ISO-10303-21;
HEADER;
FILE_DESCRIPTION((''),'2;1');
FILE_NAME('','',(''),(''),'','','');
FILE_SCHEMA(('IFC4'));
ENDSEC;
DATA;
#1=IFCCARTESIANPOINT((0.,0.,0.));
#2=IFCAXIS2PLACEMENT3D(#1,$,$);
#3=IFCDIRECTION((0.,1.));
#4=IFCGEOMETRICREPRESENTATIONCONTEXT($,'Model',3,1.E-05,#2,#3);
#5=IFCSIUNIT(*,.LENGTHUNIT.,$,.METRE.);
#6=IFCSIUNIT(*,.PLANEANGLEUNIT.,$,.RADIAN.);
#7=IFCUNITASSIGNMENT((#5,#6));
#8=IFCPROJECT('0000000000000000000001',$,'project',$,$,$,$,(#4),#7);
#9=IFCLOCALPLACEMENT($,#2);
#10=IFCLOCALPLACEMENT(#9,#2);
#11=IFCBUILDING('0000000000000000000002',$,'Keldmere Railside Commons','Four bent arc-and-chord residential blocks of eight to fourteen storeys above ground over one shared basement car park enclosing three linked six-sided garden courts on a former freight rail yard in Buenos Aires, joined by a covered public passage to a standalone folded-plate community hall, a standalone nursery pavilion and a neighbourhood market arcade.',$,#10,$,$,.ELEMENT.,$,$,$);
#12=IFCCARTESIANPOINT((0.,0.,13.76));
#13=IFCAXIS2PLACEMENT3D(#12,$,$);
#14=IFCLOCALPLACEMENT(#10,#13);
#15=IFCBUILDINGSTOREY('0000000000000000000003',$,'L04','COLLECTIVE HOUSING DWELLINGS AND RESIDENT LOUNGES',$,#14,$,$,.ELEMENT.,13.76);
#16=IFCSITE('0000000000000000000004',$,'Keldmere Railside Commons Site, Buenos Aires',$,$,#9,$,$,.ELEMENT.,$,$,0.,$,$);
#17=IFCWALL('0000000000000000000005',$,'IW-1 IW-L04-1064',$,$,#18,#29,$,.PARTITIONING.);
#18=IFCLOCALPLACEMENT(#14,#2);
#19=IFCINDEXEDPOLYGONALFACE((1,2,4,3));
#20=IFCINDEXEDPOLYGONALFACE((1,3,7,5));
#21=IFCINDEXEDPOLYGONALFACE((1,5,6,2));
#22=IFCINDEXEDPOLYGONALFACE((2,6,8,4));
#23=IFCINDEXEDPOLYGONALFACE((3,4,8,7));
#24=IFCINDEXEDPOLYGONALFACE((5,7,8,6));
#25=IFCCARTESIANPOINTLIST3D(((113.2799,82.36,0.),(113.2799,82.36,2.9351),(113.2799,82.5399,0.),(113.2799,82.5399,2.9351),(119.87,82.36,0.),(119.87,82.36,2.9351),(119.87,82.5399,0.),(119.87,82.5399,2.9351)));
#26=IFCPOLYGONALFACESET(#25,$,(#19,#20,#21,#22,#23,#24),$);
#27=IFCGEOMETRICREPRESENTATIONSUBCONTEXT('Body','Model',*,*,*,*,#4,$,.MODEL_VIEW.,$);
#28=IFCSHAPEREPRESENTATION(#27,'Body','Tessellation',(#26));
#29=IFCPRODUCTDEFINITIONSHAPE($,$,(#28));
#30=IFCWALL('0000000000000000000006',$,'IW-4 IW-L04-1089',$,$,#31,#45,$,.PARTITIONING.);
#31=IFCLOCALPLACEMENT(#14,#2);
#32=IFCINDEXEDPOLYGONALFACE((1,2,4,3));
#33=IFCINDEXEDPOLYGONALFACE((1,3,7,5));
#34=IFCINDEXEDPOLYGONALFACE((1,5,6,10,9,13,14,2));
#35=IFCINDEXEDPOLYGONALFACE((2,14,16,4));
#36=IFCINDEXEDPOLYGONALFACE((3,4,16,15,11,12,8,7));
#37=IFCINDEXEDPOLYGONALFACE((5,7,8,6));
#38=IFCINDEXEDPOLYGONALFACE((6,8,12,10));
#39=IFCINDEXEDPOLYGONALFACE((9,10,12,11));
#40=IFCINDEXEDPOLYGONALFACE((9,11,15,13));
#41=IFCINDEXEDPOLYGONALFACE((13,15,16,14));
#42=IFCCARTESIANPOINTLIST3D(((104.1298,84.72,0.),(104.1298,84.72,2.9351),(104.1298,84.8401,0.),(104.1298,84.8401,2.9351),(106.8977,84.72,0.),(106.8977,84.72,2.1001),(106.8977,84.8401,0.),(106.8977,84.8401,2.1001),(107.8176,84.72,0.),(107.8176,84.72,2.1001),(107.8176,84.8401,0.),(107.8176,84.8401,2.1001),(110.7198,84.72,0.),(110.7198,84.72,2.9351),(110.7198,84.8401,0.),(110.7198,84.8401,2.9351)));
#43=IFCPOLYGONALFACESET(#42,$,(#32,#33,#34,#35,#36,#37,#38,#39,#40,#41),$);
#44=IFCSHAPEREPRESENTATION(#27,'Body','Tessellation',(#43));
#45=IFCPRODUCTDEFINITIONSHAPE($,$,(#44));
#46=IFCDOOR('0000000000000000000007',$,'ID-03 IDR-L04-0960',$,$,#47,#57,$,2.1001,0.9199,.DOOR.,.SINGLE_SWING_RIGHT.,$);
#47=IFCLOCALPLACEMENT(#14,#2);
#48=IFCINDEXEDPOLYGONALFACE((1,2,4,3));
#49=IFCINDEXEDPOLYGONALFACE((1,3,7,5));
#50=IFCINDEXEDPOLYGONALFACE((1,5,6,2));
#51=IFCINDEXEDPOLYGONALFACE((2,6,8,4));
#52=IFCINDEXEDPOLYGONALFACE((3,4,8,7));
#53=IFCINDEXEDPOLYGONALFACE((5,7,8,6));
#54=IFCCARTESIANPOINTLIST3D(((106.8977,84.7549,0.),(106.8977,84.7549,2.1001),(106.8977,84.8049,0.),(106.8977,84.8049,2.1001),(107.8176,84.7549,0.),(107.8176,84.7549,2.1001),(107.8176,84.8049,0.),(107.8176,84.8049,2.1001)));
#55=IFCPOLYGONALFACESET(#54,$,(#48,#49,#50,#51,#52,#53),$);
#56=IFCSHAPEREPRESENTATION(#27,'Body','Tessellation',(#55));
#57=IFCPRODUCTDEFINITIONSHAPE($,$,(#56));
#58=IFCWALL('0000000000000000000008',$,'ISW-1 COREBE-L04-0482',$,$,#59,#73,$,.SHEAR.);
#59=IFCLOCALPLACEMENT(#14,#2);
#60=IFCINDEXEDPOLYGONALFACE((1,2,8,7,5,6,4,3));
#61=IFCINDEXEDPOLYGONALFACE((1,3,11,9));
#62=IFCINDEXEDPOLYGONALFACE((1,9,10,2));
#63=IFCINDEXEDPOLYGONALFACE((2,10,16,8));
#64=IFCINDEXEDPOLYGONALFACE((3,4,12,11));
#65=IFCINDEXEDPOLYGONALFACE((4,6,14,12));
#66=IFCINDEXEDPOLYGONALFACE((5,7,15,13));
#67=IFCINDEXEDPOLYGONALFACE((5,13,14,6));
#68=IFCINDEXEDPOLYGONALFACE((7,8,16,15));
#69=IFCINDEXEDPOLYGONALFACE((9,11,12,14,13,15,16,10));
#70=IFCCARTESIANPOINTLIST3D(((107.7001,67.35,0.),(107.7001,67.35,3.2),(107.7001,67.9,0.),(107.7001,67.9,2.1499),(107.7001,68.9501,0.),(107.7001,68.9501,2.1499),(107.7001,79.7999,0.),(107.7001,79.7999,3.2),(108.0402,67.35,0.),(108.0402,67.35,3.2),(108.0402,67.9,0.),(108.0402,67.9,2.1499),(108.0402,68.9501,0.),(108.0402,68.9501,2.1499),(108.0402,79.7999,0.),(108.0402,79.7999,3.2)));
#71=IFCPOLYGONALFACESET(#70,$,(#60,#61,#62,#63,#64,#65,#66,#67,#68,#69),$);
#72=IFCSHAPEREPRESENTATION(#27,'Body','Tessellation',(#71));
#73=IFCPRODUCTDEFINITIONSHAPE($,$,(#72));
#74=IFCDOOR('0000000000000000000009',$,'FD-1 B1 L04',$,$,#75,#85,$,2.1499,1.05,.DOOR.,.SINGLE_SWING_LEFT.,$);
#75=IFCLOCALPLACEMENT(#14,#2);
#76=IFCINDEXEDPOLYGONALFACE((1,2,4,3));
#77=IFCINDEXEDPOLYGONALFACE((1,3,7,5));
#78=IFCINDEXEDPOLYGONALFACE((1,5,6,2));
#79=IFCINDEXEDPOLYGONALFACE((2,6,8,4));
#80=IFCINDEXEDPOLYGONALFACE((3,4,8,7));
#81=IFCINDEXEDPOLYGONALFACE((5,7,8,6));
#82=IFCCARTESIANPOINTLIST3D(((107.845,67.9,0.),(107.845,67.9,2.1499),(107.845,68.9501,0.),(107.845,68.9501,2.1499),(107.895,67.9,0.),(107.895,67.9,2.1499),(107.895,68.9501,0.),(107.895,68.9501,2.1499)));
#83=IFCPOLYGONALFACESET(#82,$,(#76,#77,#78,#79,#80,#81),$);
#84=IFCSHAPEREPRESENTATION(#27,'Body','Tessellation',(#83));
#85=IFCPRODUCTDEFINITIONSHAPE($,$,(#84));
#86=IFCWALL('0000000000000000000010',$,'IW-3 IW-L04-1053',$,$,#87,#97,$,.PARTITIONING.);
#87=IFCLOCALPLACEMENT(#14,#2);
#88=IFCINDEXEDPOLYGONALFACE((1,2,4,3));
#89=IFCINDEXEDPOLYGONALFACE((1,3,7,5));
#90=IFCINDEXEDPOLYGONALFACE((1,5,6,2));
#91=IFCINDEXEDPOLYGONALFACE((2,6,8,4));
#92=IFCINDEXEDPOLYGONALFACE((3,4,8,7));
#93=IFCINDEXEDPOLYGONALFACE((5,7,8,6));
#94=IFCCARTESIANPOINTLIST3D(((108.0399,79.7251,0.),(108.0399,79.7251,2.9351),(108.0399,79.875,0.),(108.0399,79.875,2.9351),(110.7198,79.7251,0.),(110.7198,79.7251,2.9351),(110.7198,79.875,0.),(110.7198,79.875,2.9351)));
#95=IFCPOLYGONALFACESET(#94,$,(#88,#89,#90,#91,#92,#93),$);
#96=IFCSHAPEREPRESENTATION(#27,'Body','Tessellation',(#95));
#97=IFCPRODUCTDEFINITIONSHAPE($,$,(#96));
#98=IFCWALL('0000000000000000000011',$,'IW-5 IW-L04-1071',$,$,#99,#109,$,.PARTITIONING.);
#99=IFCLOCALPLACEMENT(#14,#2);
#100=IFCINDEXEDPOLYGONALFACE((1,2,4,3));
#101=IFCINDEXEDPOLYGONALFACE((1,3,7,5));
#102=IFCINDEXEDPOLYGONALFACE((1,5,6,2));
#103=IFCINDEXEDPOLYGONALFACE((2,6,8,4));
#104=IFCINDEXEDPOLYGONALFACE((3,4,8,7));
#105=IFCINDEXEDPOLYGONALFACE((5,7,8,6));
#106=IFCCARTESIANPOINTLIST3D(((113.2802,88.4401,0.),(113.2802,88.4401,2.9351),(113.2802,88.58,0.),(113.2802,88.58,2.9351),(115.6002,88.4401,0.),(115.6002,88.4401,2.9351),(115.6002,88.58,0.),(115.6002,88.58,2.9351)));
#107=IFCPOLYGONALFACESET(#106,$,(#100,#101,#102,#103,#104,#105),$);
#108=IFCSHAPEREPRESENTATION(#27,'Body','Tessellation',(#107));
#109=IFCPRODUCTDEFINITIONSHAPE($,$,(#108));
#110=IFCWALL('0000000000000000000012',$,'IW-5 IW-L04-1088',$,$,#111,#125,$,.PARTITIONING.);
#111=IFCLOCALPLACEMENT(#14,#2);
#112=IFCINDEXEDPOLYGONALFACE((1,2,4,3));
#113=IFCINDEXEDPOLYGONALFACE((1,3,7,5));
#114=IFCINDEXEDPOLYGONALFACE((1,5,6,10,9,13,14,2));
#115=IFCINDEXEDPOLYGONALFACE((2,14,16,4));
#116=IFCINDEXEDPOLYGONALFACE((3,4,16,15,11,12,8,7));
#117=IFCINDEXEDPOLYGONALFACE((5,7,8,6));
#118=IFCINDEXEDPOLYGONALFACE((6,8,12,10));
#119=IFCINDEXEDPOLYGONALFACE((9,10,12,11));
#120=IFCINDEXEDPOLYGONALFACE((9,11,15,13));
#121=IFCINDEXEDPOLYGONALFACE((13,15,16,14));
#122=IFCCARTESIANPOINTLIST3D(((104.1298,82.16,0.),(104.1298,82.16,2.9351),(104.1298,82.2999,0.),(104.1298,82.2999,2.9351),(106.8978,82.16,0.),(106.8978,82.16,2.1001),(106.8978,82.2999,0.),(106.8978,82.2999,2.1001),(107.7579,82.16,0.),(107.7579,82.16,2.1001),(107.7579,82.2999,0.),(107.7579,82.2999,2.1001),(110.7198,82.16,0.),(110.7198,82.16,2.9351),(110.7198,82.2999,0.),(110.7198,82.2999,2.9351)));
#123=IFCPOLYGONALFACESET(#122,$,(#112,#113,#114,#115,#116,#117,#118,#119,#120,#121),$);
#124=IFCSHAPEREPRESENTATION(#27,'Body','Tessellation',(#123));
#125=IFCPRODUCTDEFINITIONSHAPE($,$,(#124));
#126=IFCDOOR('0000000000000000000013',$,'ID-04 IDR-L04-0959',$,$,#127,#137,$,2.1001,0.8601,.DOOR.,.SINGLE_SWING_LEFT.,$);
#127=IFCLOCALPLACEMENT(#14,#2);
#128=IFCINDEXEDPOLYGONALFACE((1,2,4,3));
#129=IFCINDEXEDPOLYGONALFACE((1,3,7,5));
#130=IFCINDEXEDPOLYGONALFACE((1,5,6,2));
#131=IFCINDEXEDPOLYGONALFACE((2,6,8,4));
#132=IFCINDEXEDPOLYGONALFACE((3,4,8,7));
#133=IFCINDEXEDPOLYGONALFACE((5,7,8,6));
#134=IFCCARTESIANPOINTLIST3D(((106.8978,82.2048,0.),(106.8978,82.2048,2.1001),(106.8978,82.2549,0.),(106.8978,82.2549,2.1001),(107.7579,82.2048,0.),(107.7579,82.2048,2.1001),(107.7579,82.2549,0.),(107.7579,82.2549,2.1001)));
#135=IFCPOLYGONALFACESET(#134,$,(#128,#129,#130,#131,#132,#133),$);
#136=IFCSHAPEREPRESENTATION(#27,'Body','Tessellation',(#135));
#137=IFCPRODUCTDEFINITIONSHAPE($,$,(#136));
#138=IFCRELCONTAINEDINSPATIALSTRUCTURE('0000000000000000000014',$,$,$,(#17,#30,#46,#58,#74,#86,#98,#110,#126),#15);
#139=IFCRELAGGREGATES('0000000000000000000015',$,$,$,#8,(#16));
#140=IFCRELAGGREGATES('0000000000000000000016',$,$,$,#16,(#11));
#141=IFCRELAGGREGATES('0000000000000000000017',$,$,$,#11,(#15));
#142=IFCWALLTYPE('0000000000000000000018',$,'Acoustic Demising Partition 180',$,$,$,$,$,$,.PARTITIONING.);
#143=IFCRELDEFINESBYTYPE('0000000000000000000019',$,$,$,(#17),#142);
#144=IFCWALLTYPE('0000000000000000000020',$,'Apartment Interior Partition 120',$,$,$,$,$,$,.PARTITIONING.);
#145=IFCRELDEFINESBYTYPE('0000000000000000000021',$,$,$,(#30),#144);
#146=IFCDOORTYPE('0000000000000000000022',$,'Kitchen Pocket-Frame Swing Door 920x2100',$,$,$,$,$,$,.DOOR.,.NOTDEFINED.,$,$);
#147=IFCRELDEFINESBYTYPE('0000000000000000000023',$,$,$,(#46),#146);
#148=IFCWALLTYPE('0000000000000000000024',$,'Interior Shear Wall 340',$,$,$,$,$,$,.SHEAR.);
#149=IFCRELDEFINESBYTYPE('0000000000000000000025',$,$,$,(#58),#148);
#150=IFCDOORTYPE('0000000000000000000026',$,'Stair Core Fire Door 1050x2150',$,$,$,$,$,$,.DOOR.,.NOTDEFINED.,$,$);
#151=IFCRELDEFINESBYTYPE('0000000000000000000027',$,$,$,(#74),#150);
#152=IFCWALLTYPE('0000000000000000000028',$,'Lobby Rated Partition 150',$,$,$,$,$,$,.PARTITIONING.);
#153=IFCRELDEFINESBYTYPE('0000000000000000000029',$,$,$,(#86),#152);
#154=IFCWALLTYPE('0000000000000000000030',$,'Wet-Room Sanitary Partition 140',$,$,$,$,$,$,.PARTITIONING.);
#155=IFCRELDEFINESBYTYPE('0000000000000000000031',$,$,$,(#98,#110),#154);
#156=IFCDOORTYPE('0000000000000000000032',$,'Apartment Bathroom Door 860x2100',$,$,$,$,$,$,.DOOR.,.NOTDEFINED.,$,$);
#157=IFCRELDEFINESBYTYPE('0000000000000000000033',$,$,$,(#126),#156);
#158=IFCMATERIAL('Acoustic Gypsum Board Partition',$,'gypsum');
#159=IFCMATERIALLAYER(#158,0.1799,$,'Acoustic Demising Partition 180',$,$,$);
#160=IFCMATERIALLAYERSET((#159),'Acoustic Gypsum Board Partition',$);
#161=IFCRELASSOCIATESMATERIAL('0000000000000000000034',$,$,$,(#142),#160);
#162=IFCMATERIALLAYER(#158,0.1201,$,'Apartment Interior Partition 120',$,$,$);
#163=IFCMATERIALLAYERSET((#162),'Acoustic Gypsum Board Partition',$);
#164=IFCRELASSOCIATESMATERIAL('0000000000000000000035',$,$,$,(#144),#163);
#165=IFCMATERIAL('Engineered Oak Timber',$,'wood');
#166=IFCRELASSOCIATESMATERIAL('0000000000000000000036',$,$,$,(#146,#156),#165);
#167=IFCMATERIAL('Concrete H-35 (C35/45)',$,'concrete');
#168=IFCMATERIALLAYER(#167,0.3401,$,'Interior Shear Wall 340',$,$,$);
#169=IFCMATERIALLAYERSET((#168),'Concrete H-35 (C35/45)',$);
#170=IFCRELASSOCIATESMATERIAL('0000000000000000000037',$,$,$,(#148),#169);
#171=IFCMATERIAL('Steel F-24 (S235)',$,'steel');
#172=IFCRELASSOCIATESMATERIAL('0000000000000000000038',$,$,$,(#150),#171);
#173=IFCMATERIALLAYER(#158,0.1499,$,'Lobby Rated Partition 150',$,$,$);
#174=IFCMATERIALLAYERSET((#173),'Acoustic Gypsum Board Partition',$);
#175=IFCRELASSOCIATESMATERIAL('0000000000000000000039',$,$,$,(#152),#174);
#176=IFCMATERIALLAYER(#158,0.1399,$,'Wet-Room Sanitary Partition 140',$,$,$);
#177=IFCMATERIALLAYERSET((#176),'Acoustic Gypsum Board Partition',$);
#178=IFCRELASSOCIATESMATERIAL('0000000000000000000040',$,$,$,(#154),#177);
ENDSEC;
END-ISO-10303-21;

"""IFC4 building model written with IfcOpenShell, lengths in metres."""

from ifc_helpers import new_model, si_unit, direction, frame, frame_2d, origin, place, context, subcontext, project, spatial, rectangle, extrude, material, layer, layer_set, type_object, element, fill, save


model = new_model("IFC4")

# Units and contexts
model_context = context("Model", 3, precision=1e-05, world=origin(), true_north=direction((0.0, 1.0)))
body_context = subcontext(model_context, "Body", "Model", "MODEL_VIEW")
ifc_project = project(units=[si_unit("LENGTHUNIT", "METRE"), si_unit("PLANEANGLEUNIT", "RADIAN")], contexts=[model_context])

# Site, building, storey
site_placement = place(None, origin())
site = spatial("IfcSite", under=ifc_project, at=site_placement, Name="Keldmere Railside Commons Site, Buenos Aires", CompositionType="ELEMENT", RefElevation=0.0)
building_placement = place(site_placement, origin())
building = spatial("IfcBuilding", under=site, at=building_placement, Name="Keldmere Railside Commons", Description="Four bent arc-and-chord residential blocks of eight to fourteen storeys above ground over one shared basement car park enclosing three linked six-sided garden courts on a former freight rail yard in Buenos Aires, joined by a covered public passage to a standalone folded-plate community hall, a standalone nursery pavilion and a neighbourhood market arcade.", CompositionType="ELEMENT")
storey_placement = place(building_placement, frame((0.0, 0.0, 13.76)))
storey = spatial("IfcBuildingStorey", under=building, at=storey_placement, Name="L04", Description="COLLECTIVE HOUSING DWELLINGS AND RESIDENT LOUNGES", CompositionType="ELEMENT", Elevation=13.76)

# Shared definitions
ifc_material_1 = material(Name="Concrete H-35 (C35/45)", Category="concrete")

# Wall
ifc_material_2 = material(Name="Acoustic Gypsum Board Partition", Category="gypsum")
ifc_layer_1 = layer(ifc_material_2, 0.1799, Name="Acoustic Demising Partition 180")
ifc_layer_set_1 = layer_set([ifc_layer_1], Name="Acoustic Gypsum Board Partition")
wall_type_1 = type_object("IfcWallType", Name="Acoustic Demising Partition 180", PredefinedType="PARTITIONING", material=ifc_layer_set_1)
wall_1_placement = place(storey_placement, frame((113.28, 82.45, 0.0), z_axis=(0.0, 0.0, 1.0), x_axis=(1.0, 0.0, 0.0)))
element("IfcWall", 1, at=wall_1_placement, inside=storey, type_object=wall_type_1, Name="IW-1 IW-L04-1064", PredefinedType="PARTITIONING", context=body_context, shape_type="SweptSolid", body=[
    extrude(rectangle(XDim=6.5901, YDim=0.1799, at=frame_2d((3.2949, 0.0))), origin(), (0.0, 0.0, 1.0), 2.9351),
])

# Walls, openings, doors
ifc_layer_2 = layer(ifc_material_2, 0.1201, Name="Apartment Interior Partition 120")
ifc_layer_set_2 = layer_set([ifc_layer_2], Name="Acoustic Gypsum Board Partition")
wall_type_2 = type_object("IfcWallType", Name="Apartment Interior Partition 120", PredefinedType="PARTITIONING", material=ifc_layer_set_2)
wall_2_placement = place(storey_placement, frame((104.1299, 84.78, 0.0), z_axis=(0.0, 0.0, 1.0), x_axis=(1.0, 0.0, 0.0)))
wall_2 = element("IfcWall", 2, at=wall_2_placement, inside=storey, type_object=wall_type_2, Name="IW-4 IW-L04-1089", PredefinedType="PARTITIONING", context=body_context, shape_type="SweptSolid", body=[
    extrude(rectangle(XDim=6.5901, YDim=0.1201, at=frame_2d((3.2949, 0.0))), origin(), (0.0, 0.0, 1.0), 2.9351),
])
opening_1_placement = place(wall_2_placement, frame((2.7678, 0.0, 0.0)))
opening_1 = element("IfcOpeningElement", 3, at=opening_1_placement, cuts=wall_2, PredefinedType="OPENING", context=body_context, shape_type="SweptSolid", body=[
    extrude(rectangle(XDim=0.9199, YDim=2.1001, at=frame_2d((0.46, 1.05))), frame((0.0, 0.0701, 0.0), z_axis=(0.0, -1.0, 0.0), x_axis=(1.0, 0.0, 0.0)), (0.0, 0.0, 1.0), 0.1401),
])
ifc_material_3 = material(Name="Engineered Oak Timber", Category="wood")
door_type_1 = type_object("IfcDoorType", Name="Kitchen Pocket-Frame Swing Door 920x2100", OperationType="NOTDEFINED", PredefinedType="DOOR", material=ifc_material_3)
door_1_placement = place(opening_1_placement, origin())
door_1 = element("IfcDoor", 4, at=door_1_placement, inside=storey, type_object=door_type_1, Name="ID-03 IDR-L04-0960", OperationType="SINGLE_SWING_RIGHT", OverallHeight=2.1001, OverallWidth=0.9199, PredefinedType="DOOR", context=body_context, shape_type="SweptSolid", body=[
    extrude(rectangle(XDim=0.9199, YDim=2.1001, at=frame_2d((0.46, 1.05))), frame((0.0, 0.0249, 0.0), z_axis=(0.0, -1.0, 0.0), x_axis=(1.0, 0.0, 0.0)), (0.0, 0.0, 1.0), 0.05),
])
fill(opening_1, door_1)
ifc_layer_3 = layer(ifc_material_1, 0.3401, Name="Interior Shear Wall 340")
ifc_layer_set_3 = layer_set([ifc_layer_3], Name="Concrete H-35 (C35/45)")
wall_type_3 = type_object("IfcWallType", Name="Interior Shear Wall 340", PredefinedType="SHEAR", material=ifc_layer_set_3)
wall_3_placement = place(storey_placement, frame((107.8701, 79.8, 0.0), z_axis=(0.0, 0.0, 1.0), x_axis=(0.0, -1.0, 0.0)))
wall_3 = element("IfcWall", 5, at=wall_3_placement, inside=storey, type_object=wall_type_3, Name="ISW-1 COREBE-L04-0482", PredefinedType="SHEAR", context=body_context, shape_type="SweptSolid", body=[
    extrude(rectangle(XDim=12.45, YDim=0.3401, at=frame_2d((6.2251, 0.0))), origin(), (0.0, 0.0, 1.0), 3.2),
])
opening_2_placement = place(wall_3_placement, frame((10.8501, 0.0, 0.0)))
opening_2 = element("IfcOpeningElement", 6, at=opening_2_placement, cuts=wall_3, PredefinedType="OPENING", context=body_context, shape_type="SweptSolid", body=[
    extrude(rectangle(XDim=1.05, YDim=2.1499, at=frame_2d((0.5249, 1.075))), frame((0.0, 0.1799, 0.0), z_axis=(0.0, -1.0, 0.0), x_axis=(1.0, 0.0, 0.0)), (0.0, 0.0, 1.0), 0.3601),
])
ifc_material_4 = material(Name="Steel F-24 (S235)", Category="steel")
door_type_2 = type_object("IfcDoorType", Name="Stair Core Fire Door 1050x2150", OperationType="NOTDEFINED", PredefinedType="DOOR", material=ifc_material_4)
door_2_placement = place(opening_2_placement, origin())
door_2 = element("IfcDoor", 7, at=door_2_placement, inside=storey, type_object=door_type_2, Name="FD-1 B1 L04", OperationType="SINGLE_SWING_LEFT", OverallHeight=2.1499, OverallWidth=1.05, PredefinedType="DOOR", context=body_context, shape_type="SweptSolid", body=[
    extrude(rectangle(XDim=1.05, YDim=2.1499, at=frame_2d((0.5249, 1.075))), frame((0.0, 0.0249, 0.0), z_axis=(0.0, -1.0, 0.0), x_axis=(1.0, 0.0, 0.0)), (0.0, 0.0, 1.0), 0.05),
])
fill(opening_2, door_2)

# Walls
ifc_layer_4 = layer(ifc_material_2, 0.1499, Name="Lobby Rated Partition 150")
ifc_layer_set_4 = layer_set([ifc_layer_4], Name="Acoustic Gypsum Board Partition")
wall_type_4 = type_object("IfcWallType", Name="Lobby Rated Partition 150", PredefinedType="PARTITIONING", material=ifc_layer_set_4)
wall_4_placement = place(storey_placement, frame((108.04, 79.8, 0.0), z_axis=(0.0, 0.0, 1.0), x_axis=(1.0, 0.0, 0.0)))
element("IfcWall", 8, at=wall_4_placement, inside=storey, type_object=wall_type_4, Name="IW-3 IW-L04-1053", PredefinedType="PARTITIONING", context=body_context, shape_type="SweptSolid", body=[
    extrude(rectangle(XDim=2.6799, YDim=0.1499, at=frame_2d((1.3398, 0.0))), origin(), (0.0, 0.0, 1.0), 2.9351),
])
ifc_layer_5 = layer(ifc_material_2, 0.1399, Name="Wet-Room Sanitary Partition 140")
ifc_layer_set_5 = layer_set([ifc_layer_5], Name="Acoustic Gypsum Board Partition")
wall_type_5 = type_object("IfcWallType", Name="Wet-Room Sanitary Partition 140", PredefinedType="PARTITIONING", material=ifc_layer_set_5)
wall_5_placement = place(storey_placement, frame((113.28, 88.51, 0.0), z_axis=(0.0, 0.0, 1.0), x_axis=(1.0, 0.0, 0.0)))
element("IfcWall", 9, at=wall_5_placement, inside=storey, type_object=wall_type_5, Name="IW-5 IW-L04-1071", PredefinedType="PARTITIONING", context=body_context, shape_type="SweptSolid", body=[
    extrude(rectangle(XDim=2.3201, YDim=0.1399, at=frame_2d((1.1602, 0.0))), origin(), (0.0, 0.0, 1.0), 2.9351),
])

# Wall, opening, door
wall_6_placement = place(storey_placement, frame((104.1299, 82.23, 0.0), z_axis=(0.0, 0.0, 1.0), x_axis=(1.0, 0.0, 0.0)))
wall_6 = element("IfcWall", 10, at=wall_6_placement, inside=storey, type_object=wall_type_5, Name="IW-5 IW-L04-1088", PredefinedType="PARTITIONING", context=body_context, shape_type="SweptSolid", body=[
    extrude(rectangle(XDim=6.5901, YDim=0.1399, at=frame_2d((3.2949, 0.0))), origin(), (0.0, 0.0, 1.0), 2.9351),
])
opening_3_placement = place(wall_6_placement, frame((2.7678, 0.0, 0.0)))
opening_3 = element("IfcOpeningElement", 11, at=opening_3_placement, cuts=wall_6, PredefinedType="OPENING", context=body_context, shape_type="SweptSolid", body=[
    extrude(rectangle(XDim=0.8601, YDim=2.1001, at=frame_2d((0.4302, 1.05))), frame((0.0, 0.0798, 0.0), z_axis=(0.0, -1.0, 0.0), x_axis=(1.0, 0.0, 0.0)), (0.0, 0.0, 1.0), 0.1599),
])
door_type_3 = type_object("IfcDoorType", Name="Apartment Bathroom Door 860x2100", OperationType="NOTDEFINED", PredefinedType="DOOR", material=ifc_material_3)
door_3_placement = place(opening_3_placement, origin())
door_3 = element("IfcDoor", 12, at=door_3_placement, inside=storey, type_object=door_type_3, Name="ID-04 IDR-L04-0959", OperationType="SINGLE_SWING_LEFT", OverallHeight=2.1001, OverallWidth=0.8601, PredefinedType="DOOR", context=body_context, shape_type="SweptSolid", body=[
    extrude(rectangle(XDim=0.8601, YDim=2.1001, at=frame_2d((0.4302, 1.05))), frame((0.0, 0.0249, 0.0), z_axis=(0.0, -1.0, 0.0), x_axis=(1.0, 0.0, 0.0)), (0.0, 0.0, 1.0), 0.05),
])
fill(opening_3, door_3)

save(model, "model.ifc")
